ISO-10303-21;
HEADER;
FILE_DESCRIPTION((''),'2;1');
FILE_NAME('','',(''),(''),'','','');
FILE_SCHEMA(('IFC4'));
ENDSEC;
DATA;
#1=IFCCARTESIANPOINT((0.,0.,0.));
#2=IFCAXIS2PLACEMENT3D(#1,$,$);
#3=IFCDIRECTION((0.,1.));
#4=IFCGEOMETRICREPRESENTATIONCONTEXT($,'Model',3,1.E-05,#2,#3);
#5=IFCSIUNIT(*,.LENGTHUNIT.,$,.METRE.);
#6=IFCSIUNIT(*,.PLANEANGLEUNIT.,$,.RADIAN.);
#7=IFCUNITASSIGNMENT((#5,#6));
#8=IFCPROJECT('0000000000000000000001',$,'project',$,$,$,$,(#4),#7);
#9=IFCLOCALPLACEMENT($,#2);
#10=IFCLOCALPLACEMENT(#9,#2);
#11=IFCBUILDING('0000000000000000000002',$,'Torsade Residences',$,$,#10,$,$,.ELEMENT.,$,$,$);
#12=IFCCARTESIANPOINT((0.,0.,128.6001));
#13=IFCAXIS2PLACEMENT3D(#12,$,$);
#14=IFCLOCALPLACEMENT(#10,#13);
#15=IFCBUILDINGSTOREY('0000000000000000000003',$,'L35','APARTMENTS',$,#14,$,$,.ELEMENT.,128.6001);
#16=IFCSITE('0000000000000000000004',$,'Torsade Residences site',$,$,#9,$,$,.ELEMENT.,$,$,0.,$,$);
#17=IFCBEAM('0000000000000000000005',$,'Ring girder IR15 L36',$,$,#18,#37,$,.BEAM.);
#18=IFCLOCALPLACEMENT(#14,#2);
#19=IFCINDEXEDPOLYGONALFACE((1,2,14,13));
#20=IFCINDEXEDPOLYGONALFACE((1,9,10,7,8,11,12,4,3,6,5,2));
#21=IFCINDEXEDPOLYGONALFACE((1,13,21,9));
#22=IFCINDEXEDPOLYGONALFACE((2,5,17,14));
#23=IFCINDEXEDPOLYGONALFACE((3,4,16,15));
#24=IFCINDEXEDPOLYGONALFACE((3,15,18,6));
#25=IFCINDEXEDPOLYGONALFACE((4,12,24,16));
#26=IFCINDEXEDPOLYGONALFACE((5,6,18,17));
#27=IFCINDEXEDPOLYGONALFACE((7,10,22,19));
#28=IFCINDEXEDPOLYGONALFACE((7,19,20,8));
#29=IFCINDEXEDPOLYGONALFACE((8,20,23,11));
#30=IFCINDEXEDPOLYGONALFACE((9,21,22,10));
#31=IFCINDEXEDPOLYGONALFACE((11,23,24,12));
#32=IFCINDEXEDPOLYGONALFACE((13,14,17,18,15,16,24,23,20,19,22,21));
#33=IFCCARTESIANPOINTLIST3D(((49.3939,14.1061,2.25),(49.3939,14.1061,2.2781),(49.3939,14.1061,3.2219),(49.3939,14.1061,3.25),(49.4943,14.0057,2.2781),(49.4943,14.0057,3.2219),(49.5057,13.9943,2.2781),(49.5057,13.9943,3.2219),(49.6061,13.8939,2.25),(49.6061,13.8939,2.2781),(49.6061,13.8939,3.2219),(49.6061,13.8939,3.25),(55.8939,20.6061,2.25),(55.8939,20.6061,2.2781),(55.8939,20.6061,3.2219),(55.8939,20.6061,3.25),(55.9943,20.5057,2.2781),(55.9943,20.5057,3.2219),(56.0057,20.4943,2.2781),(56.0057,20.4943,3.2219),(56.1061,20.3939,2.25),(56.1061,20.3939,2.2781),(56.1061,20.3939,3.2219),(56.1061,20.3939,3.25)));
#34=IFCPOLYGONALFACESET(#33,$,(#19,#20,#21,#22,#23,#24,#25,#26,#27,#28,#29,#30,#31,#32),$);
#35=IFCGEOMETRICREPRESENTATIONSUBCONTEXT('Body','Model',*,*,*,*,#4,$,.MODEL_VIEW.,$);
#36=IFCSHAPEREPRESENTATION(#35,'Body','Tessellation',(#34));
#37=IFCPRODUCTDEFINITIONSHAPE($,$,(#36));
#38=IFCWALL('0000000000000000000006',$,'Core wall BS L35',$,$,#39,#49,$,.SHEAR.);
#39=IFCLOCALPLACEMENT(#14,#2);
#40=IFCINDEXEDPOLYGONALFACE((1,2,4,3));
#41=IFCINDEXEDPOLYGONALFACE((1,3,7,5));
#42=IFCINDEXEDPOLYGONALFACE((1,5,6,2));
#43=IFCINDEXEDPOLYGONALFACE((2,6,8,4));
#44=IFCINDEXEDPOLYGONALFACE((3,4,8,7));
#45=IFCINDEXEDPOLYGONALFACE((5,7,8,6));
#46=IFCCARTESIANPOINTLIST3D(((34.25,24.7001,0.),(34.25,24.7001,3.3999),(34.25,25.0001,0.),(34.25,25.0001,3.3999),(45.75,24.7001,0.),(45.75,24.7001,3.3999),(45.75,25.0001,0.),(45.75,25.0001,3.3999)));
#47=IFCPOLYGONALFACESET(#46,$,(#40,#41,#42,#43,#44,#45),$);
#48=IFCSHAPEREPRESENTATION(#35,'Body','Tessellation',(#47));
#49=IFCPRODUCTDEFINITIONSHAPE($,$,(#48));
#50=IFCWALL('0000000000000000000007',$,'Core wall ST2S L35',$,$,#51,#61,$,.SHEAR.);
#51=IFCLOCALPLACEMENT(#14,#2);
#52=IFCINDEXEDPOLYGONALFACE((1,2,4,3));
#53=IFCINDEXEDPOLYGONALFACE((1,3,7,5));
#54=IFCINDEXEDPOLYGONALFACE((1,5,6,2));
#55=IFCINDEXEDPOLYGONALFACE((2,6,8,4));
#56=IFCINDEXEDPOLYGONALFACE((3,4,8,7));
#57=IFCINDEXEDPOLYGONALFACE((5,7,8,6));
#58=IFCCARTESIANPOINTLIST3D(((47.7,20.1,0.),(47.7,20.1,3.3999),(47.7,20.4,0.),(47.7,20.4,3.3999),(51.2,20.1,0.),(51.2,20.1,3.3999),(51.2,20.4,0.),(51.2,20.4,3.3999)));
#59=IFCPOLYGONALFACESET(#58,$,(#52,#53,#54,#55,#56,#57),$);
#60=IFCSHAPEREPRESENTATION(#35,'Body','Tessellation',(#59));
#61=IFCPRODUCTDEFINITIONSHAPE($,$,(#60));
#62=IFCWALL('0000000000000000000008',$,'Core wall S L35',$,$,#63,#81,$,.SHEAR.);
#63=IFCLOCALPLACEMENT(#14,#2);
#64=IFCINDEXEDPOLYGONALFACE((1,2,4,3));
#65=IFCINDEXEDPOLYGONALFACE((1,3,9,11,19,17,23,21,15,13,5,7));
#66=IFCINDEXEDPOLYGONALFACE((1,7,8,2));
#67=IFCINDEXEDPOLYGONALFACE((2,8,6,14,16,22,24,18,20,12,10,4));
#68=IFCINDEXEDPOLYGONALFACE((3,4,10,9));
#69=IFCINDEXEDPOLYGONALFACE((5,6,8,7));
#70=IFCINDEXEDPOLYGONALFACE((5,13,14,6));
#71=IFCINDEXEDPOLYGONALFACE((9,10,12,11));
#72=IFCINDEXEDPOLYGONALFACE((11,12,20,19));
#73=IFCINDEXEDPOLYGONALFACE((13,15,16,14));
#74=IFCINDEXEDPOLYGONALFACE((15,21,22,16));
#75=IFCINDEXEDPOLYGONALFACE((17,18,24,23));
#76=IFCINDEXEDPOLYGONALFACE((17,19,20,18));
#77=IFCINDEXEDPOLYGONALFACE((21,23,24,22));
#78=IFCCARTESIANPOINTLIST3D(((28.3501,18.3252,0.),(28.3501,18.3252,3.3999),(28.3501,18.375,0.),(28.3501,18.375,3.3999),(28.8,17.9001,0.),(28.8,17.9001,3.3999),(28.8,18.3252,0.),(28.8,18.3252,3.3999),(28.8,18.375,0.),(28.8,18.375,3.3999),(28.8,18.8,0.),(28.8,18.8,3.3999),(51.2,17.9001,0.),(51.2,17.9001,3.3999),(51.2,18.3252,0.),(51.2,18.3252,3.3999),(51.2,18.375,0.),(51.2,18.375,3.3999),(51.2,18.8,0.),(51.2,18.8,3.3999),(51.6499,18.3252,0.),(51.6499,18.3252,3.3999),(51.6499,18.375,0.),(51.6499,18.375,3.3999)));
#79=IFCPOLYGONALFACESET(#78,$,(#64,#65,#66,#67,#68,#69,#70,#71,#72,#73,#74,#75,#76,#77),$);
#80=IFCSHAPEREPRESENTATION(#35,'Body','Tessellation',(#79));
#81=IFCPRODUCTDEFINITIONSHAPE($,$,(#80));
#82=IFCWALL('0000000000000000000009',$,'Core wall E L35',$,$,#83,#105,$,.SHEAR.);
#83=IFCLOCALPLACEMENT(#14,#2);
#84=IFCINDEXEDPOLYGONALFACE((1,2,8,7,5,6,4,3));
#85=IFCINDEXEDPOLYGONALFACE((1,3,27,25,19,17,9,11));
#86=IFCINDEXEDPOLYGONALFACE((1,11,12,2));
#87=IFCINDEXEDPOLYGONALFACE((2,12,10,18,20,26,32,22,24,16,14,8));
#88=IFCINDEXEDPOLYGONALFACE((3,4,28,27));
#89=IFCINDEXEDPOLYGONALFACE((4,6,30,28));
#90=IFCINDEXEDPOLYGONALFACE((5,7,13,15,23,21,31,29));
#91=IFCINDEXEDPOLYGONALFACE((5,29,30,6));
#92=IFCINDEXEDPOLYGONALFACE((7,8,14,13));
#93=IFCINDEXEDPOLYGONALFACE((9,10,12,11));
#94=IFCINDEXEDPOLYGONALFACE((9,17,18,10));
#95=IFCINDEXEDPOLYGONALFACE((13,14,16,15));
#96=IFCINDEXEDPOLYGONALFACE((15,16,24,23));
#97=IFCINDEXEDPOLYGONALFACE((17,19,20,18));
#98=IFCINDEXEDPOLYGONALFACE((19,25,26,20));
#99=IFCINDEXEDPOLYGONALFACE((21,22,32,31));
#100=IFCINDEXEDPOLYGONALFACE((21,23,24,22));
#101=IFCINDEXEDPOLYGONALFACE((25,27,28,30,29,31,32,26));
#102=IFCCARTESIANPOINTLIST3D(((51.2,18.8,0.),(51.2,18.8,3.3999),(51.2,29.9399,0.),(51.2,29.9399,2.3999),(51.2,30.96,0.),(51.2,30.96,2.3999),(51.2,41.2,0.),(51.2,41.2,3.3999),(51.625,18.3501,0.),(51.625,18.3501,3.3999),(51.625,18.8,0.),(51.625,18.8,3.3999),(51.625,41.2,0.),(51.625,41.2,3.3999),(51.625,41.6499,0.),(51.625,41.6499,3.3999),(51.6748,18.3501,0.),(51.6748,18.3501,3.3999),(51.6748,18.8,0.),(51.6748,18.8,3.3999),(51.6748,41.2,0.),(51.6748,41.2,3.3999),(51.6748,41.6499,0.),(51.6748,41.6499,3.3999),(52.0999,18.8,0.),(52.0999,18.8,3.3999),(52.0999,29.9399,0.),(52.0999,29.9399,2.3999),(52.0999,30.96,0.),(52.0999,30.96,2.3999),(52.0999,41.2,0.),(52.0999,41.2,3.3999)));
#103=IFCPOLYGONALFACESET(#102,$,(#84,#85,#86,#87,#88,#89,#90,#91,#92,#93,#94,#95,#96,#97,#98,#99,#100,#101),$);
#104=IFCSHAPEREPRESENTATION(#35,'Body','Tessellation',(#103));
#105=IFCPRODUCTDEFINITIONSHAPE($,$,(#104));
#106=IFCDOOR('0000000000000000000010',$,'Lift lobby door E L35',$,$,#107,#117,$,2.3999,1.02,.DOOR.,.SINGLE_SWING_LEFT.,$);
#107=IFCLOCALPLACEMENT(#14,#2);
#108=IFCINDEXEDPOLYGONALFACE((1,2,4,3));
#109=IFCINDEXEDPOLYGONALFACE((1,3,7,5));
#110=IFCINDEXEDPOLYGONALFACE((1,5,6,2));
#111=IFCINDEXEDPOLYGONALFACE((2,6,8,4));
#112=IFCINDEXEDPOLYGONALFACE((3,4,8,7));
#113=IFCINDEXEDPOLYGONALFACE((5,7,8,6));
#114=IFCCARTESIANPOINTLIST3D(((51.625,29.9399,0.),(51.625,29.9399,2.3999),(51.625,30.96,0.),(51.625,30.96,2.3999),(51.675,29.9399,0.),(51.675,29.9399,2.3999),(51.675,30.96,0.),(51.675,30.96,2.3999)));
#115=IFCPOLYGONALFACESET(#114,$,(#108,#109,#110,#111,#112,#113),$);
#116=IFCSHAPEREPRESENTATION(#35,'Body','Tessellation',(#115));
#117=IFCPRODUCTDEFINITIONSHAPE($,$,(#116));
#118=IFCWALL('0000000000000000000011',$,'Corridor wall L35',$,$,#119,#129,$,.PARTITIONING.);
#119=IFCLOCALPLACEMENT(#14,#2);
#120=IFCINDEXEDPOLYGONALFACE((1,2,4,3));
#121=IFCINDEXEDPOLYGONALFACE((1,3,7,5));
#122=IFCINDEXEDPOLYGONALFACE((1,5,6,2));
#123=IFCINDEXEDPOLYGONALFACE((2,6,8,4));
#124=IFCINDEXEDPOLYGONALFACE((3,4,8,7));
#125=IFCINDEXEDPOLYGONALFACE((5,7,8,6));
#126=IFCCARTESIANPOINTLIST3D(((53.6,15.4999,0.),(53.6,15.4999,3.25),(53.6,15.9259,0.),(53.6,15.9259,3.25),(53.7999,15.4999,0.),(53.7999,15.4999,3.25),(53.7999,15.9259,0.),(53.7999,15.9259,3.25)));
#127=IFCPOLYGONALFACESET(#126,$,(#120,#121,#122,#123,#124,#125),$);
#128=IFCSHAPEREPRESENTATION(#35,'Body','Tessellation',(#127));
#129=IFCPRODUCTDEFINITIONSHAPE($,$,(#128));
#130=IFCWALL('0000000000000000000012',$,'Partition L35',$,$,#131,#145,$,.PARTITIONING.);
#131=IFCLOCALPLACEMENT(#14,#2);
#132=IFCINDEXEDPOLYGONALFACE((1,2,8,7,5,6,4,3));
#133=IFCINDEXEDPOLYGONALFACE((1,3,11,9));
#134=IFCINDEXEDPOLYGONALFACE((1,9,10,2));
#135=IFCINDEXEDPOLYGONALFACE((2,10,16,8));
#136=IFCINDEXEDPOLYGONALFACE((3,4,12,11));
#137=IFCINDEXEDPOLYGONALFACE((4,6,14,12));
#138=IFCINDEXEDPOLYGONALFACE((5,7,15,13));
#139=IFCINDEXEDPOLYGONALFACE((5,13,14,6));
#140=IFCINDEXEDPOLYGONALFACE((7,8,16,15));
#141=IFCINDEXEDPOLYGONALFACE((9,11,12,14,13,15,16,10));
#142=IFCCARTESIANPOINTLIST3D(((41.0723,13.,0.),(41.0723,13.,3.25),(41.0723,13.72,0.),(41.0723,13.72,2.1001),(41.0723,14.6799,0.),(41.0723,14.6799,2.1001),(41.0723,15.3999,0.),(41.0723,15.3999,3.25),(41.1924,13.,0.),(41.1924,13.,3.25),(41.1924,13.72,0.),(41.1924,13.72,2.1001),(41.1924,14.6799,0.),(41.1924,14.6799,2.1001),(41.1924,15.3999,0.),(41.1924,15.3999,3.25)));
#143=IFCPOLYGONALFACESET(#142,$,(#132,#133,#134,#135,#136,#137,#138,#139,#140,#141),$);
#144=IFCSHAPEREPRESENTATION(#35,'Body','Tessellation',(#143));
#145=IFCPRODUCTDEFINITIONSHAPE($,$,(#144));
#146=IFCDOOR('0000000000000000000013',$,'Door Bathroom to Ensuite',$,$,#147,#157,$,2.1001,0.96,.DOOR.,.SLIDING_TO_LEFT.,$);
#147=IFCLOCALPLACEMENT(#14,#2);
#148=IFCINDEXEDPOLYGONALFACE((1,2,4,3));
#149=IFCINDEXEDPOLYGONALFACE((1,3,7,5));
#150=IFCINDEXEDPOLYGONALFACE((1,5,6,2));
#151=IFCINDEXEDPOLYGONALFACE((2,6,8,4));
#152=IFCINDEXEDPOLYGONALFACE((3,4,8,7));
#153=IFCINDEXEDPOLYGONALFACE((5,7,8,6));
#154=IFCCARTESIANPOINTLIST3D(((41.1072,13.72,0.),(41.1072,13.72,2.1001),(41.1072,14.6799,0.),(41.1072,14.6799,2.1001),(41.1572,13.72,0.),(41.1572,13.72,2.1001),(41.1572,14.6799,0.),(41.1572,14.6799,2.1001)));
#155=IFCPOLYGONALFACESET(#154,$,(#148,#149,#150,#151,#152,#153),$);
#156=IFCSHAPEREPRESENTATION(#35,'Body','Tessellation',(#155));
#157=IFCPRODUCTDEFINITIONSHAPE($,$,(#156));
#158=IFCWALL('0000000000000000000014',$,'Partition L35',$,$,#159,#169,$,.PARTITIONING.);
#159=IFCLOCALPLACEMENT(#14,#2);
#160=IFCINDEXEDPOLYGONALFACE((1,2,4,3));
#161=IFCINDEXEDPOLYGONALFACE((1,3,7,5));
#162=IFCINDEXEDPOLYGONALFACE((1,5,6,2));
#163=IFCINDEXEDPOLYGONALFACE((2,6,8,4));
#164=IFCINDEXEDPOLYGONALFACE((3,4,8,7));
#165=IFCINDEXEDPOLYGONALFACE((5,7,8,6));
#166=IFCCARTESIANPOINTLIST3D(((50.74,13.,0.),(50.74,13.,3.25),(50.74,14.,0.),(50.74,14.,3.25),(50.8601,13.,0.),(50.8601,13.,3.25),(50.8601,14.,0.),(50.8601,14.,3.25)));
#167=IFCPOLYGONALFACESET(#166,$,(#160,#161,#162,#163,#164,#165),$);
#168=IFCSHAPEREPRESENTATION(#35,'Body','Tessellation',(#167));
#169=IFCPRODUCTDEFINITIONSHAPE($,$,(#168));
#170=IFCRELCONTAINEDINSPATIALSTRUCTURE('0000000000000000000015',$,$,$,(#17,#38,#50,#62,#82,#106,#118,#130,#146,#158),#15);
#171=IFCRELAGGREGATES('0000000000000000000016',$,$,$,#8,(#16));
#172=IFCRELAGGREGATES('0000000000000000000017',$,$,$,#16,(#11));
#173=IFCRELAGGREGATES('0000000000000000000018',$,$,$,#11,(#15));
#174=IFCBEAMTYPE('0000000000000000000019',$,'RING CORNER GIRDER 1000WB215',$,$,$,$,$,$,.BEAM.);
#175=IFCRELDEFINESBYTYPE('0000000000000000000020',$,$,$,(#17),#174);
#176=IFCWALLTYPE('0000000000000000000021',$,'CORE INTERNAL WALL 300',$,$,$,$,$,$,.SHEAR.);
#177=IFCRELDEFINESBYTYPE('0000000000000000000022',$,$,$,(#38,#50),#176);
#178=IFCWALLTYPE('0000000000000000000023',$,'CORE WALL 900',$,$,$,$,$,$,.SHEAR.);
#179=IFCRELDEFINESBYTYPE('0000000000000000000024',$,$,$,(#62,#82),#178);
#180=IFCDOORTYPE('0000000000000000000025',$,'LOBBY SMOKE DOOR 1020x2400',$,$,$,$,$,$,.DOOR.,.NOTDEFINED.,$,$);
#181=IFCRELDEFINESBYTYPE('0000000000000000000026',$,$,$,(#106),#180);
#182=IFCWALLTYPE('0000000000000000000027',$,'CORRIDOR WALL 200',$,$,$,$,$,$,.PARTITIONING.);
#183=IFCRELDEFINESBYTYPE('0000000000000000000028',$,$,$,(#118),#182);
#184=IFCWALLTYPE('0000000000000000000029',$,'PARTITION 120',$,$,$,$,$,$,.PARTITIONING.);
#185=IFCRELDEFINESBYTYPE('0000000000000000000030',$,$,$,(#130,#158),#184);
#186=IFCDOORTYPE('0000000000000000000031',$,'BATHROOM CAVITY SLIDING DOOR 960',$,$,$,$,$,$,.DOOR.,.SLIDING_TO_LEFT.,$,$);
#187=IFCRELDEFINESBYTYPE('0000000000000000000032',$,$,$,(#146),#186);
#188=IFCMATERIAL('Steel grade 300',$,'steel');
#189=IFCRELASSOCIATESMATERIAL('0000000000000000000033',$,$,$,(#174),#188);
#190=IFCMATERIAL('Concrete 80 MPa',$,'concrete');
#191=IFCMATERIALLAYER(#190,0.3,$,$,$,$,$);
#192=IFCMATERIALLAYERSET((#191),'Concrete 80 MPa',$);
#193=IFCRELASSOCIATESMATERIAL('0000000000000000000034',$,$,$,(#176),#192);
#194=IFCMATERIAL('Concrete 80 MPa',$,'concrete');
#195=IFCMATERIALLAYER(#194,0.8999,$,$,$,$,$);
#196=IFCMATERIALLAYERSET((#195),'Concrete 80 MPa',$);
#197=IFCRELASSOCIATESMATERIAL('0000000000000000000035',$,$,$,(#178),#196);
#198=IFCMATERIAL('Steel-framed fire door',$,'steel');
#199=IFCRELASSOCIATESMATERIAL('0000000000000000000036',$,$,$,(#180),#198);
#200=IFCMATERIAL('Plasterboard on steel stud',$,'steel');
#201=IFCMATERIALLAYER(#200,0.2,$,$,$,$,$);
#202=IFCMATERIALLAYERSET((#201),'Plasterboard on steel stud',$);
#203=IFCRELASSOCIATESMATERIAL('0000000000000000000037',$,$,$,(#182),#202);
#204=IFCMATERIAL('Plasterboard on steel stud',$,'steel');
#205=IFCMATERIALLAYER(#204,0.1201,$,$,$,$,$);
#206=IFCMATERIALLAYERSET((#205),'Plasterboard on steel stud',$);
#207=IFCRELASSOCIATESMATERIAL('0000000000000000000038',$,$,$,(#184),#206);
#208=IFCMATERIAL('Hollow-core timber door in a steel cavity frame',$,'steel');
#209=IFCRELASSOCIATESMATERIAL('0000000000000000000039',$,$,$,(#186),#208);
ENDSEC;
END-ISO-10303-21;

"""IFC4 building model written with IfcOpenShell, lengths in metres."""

from ifc_helpers import new_model, si_unit, direction, frame, frame_2d, origin, origin_2d, place, context, subcontext, project, spatial, polyline, rectangle, i_section, outline, extrude, material, layer, layer_set, material_profile, profile_set, type_object, element, fill, save


model = new_model("IFC4")

# Units and contexts
model_context = context("Model", 3, precision=1e-05, world=origin(), true_north=direction((0.0, 1.0)))
body_context = subcontext(model_context, "Body", "Model", "MODEL_VIEW")
ifc_project = project(units=[si_unit("LENGTHUNIT", "METRE"), si_unit("PLANEANGLEUNIT", "RADIAN")], contexts=[model_context])

# Site, building, storey
site_placement = place(None, origin())
site = spatial("IfcSite", under=ifc_project, at=site_placement, Name="Torsade Residences site", CompositionType="ELEMENT", RefElevation=0.0)
building_placement = place(site_placement, origin())
building = spatial("IfcBuilding", under=site, at=building_placement, Name="Torsade Residences", CompositionType="ELEMENT")
storey_placement = place(building_placement, frame((0.0, 0.0, 128.6001)))
storey = spatial("IfcBuildingStorey", under=building, at=storey_placement, Name="L35", Description="APARTMENTS", CompositionType="ELEMENT", Elevation=128.6001)

# Beam
ifc_material_1 = material(Name="Steel grade 300", Category="steel")
ifc_material_profile_1 = material_profile(ifc_material_1, i_section(OverallWidth=0.3, OverallDepth=1.0, WebThickness=0.0161, FlangeThickness=0.0281, at=origin_2d()), Name="1000WB215")
ifc_profile_set_1 = profile_set([ifc_material_profile_1], Name="Steel grade 300")
beam_type_1 = type_object("IfcBeamType", Name="RING CORNER GIRDER 1000WB215", PredefinedType="BEAM", material=ifc_profile_set_1)
beam_1_placement = place(storey_placement, frame((49.5, 14.0, 2.75), z_axis=(0.707107, 0.707107, 0.0), x_axis=(-0.707107, 0.707107, 0.0)))
element("IfcBeam", 1, at=beam_1_placement, inside=storey, type_object=beam_type_1, Name="Ring girder IR15 L36", PredefinedType="BEAM", context=body_context, shape_type="SweptSolid", body=[
    extrude(i_section(OverallWidth=0.3, OverallDepth=1.0, WebThickness=0.0161, FlangeThickness=0.0281, at=origin_2d()), origin(), (0.0, 0.0, 1.0), 9.1924),
])

# Walls
ifc_material_2 = material(Name="Concrete 80 MPa", Category="concrete")
ifc_layer_1 = layer(ifc_material_2, 0.3)
ifc_layer_set_1 = layer_set([ifc_layer_1], Name="Concrete 80 MPa")
wall_type_1 = type_object("IfcWallType", Name="CORE INTERNAL WALL 300", PredefinedType="SHEAR", material=ifc_layer_set_1)
wall_1_placement = place(storey_placement, frame((45.75, 24.8501, 0.0), z_axis=(0.0, 0.0, 1.0), x_axis=(-1.0, 0.0, 0.0)))
element("IfcWall", 2, at=wall_1_placement, inside=storey, type_object=wall_type_1, Name="Core wall BS L35", PredefinedType="SHEAR", context=body_context, shape_type="SweptSolid", body=[
    extrude(rectangle(XDim=11.5, YDim=0.3, at=frame_2d((5.75, 0.0))), origin(), (0.0, 0.0, 1.0), 3.3999),
])
wall_2_placement = place(storey_placement, frame((51.2, 20.25, 0.0), z_axis=(0.0, 0.0, 1.0), x_axis=(-1.0, 0.0, 0.0)))
element("IfcWall", 3, at=wall_2_placement, inside=storey, type_object=wall_type_1, Name="Core wall ST2S L35", PredefinedType="SHEAR", context=body_context, shape_type="SweptSolid", body=[
    extrude(rectangle(XDim=3.5, YDim=0.3, at=frame_2d((1.75, 0.0))), origin(), (0.0, 0.0, 1.0), 3.3999),
])
ifc_material_3 = material(Name="Concrete 80 MPa", Category="concrete")
ifc_layer_2 = layer(ifc_material_3, 0.8999)
ifc_layer_set_2 = layer_set([ifc_layer_2], Name="Concrete 80 MPa")
wall_type_2 = type_object("IfcWallType", Name="CORE WALL 900", PredefinedType="SHEAR", material=ifc_layer_set_2)
wall_3_placement = place(storey_placement, frame((51.2, 18.3501, 0.0), z_axis=(0.0, 0.0, 1.0), x_axis=(-1.0, 0.0, 0.0)))
element("IfcWall", 4, at=wall_3_placement, inside=storey, type_object=wall_type_2, Name="Core wall S L35", PredefinedType="SHEAR", context=body_context, shape_type="SweptSolid", body=[
    extrude(outline(polyline([(0.0, -0.45), (22.3999, -0.45), (22.3999, -0.0249), (22.8499, -0.0249), (22.8499, 0.0249), (22.3999, 0.0249), (22.3999, 0.45), (0.0, 0.45), (0.0, 0.0249), (-0.45, 0.0249), (-0.45, -0.0249), (0.0, -0.0249), (0.0, -0.45)])), origin(), (0.0, 0.0, 1.0), 3.3999),
])

# Wall, opening, door
wall_4_placement = place(storey_placement, frame((51.6499, 18.8, 0.0), z_axis=(0.0, 0.0, 1.0), x_axis=(0.0, 1.0, 0.0)))
wall_4 = element("IfcWall", 5, at=wall_4_placement, inside=storey, type_object=wall_type_2, Name="Core wall E L35", PredefinedType="SHEAR", context=body_context, shape_type="SweptSolid", body=[
    extrude(outline(polyline([(0.0, -0.45), (22.3999, -0.45), (22.3999, -0.0249), (22.8499, -0.0249), (22.8499, 0.0249), (22.3999, 0.0249), (22.3999, 0.45), (0.0, 0.45), (0.0, 0.0249), (-0.45, 0.0249), (-0.45, -0.0249), (0.0, -0.0249), (0.0, -0.45)])), origin(), (0.0, 0.0, 1.0), 3.3999),
])
opening_1_placement = place(wall_4_placement, frame((11.1399, 0.0, 0.0)))
opening_1 = element("IfcOpeningElement", 6, at=opening_1_placement, cuts=wall_4, PredefinedType="OPENING", context=body_context, shape_type="SweptSolid", body=[
    extrude(rectangle(XDim=1.02, YDim=2.3999, at=frame_2d((0.51, 1.2))), frame((0.0, 0.46, 0.0), z_axis=(0.0, -1.0, 0.0), x_axis=(1.0, 0.0, 0.0)), (0.0, 0.0, 1.0), 0.9199),
])
ifc_material_4 = material(Name="Steel-framed fire door", Category="steel")
door_type_1 = type_object("IfcDoorType", Name="LOBBY SMOKE DOOR 1020x2400", OperationType="NOTDEFINED", PredefinedType="DOOR", material=ifc_material_4)
door_1_placement = place(opening_1_placement, origin())
door_1 = element("IfcDoor", 7, at=door_1_placement, inside=storey, type_object=door_type_1, Name="Lift lobby door E L35", OperationType="SINGLE_SWING_LEFT", OverallHeight=2.3999, OverallWidth=1.02, PredefinedType="DOOR", context=body_context, shape_type="SweptSolid", body=[
    extrude(rectangle(XDim=1.02, YDim=2.3999, at=frame_2d((0.51, 1.2))), frame((0.0, 0.0249, 0.0), z_axis=(0.0, -1.0, 0.0), x_axis=(1.0, 0.0, 0.0)), (0.0, 0.0, 1.0), 0.05),
])
fill(opening_1, door_1)

# Wall
ifc_material_5 = material(Name="Plasterboard on steel stud", Category="steel")
ifc_layer_3 = layer(ifc_material_5, 0.2)
ifc_layer_set_3 = layer_set([ifc_layer_3], Name="Plasterboard on steel stud")
wall_type_3 = type_object("IfcWallType", Name="CORRIDOR WALL 200", PredefinedType="PARTITIONING", material=ifc_layer_set_3)
wall_5_placement = place(storey_placement, frame((53.7, 15.5, 0.0), z_axis=(0.0, 0.0, 1.0), x_axis=(0.0, 1.0, 0.0)))
element("IfcWall", 8, at=wall_5_placement, inside=storey, type_object=wall_type_3, Name="Corridor wall L35", PredefinedType="PARTITIONING", context=body_context, shape_type="SweptSolid", body=[
    extrude(rectangle(XDim=0.426, YDim=0.2, at=frame_2d((0.2129, 0.0))), origin(), (0.0, 0.0, 1.0), 3.25),
])

# Wall, opening, door
ifc_material_6 = material(Name="Plasterboard on steel stud", Category="steel")
ifc_layer_4 = layer(ifc_material_6, 0.1201)
ifc_layer_set_4 = layer_set([ifc_layer_4], Name="Plasterboard on steel stud")
wall_type_4 = type_object("IfcWallType", Name="PARTITION 120", PredefinedType="PARTITIONING", material=ifc_layer_set_4)
wall_6_placement = place(storey_placement, frame((41.1323, 15.3999, 0.0), z_axis=(0.0, 0.0, 1.0), x_axis=(0.0, -1.0, 0.0)))
wall_6 = element("IfcWall", 9, at=wall_6_placement, inside=storey, type_object=wall_type_4, Name="Partition L35", PredefinedType="PARTITIONING", context=body_context, shape_type="SweptSolid", body=[
    extrude(rectangle(XDim=2.3999, YDim=0.1201, at=frame_2d((1.2, 0.0))), origin(), (0.0, 0.0, 1.0), 3.25),
])
opening_2_placement = place(wall_6_placement, frame((0.72, 0.0, 0.0)))
opening_2 = element("IfcOpeningElement", 10, at=opening_2_placement, cuts=wall_6, PredefinedType="OPENING", context=body_context, shape_type="SweptSolid", body=[
    extrude(rectangle(XDim=0.96, YDim=2.1001, at=frame_2d((0.48, 1.05))), frame((0.0, 0.0701, 0.0), z_axis=(0.0, -1.0, 0.0), x_axis=(1.0, 0.0, 0.0)), (0.0, 0.0, 1.0), 0.1401),
])
ifc_material_7 = material(Name="Hollow-core timber door in a steel cavity frame", Category="steel")
door_type_2 = type_object("IfcDoorType", Name="BATHROOM CAVITY SLIDING DOOR 960", OperationType="SLIDING_TO_LEFT", PredefinedType="DOOR", material=ifc_material_7)
door_2_placement = place(opening_2_placement, origin())
door_2 = element("IfcDoor", 11, at=door_2_placement, inside=storey, type_object=door_type_2, Name="Door Bathroom to Ensuite", OperationType="SLIDING_TO_LEFT", OverallHeight=2.1001, OverallWidth=0.96, PredefinedType="DOOR", context=body_context, shape_type="SweptSolid", body=[
    extrude(rectangle(XDim=0.96, YDim=2.1001, at=frame_2d((0.48, 1.05))), frame((0.0, 0.0249, 0.0), z_axis=(0.0, -1.0, 0.0), x_axis=(1.0, 0.0, 0.0)), (0.0, 0.0, 1.0), 0.05),
])
fill(opening_2, door_2)

# Wall
wall_7_placement = place(storey_placement, frame((50.8, 13.0, 0.0), z_axis=(0.0, 0.0, 1.0), x_axis=(0.0, 1.0, 0.0)))
element("IfcWall", 12, at=wall_7_placement, inside=storey, type_object=wall_type_4, Name="Partition L35", PredefinedType="PARTITIONING", context=body_context, shape_type="SweptSolid", body=[
    extrude(rectangle(XDim=1.0, YDim=0.1201, at=frame_2d((0.5, 0.0))), origin(), (0.0, 0.0, 1.0), 3.25),
])

save(model, "model.ifc")
